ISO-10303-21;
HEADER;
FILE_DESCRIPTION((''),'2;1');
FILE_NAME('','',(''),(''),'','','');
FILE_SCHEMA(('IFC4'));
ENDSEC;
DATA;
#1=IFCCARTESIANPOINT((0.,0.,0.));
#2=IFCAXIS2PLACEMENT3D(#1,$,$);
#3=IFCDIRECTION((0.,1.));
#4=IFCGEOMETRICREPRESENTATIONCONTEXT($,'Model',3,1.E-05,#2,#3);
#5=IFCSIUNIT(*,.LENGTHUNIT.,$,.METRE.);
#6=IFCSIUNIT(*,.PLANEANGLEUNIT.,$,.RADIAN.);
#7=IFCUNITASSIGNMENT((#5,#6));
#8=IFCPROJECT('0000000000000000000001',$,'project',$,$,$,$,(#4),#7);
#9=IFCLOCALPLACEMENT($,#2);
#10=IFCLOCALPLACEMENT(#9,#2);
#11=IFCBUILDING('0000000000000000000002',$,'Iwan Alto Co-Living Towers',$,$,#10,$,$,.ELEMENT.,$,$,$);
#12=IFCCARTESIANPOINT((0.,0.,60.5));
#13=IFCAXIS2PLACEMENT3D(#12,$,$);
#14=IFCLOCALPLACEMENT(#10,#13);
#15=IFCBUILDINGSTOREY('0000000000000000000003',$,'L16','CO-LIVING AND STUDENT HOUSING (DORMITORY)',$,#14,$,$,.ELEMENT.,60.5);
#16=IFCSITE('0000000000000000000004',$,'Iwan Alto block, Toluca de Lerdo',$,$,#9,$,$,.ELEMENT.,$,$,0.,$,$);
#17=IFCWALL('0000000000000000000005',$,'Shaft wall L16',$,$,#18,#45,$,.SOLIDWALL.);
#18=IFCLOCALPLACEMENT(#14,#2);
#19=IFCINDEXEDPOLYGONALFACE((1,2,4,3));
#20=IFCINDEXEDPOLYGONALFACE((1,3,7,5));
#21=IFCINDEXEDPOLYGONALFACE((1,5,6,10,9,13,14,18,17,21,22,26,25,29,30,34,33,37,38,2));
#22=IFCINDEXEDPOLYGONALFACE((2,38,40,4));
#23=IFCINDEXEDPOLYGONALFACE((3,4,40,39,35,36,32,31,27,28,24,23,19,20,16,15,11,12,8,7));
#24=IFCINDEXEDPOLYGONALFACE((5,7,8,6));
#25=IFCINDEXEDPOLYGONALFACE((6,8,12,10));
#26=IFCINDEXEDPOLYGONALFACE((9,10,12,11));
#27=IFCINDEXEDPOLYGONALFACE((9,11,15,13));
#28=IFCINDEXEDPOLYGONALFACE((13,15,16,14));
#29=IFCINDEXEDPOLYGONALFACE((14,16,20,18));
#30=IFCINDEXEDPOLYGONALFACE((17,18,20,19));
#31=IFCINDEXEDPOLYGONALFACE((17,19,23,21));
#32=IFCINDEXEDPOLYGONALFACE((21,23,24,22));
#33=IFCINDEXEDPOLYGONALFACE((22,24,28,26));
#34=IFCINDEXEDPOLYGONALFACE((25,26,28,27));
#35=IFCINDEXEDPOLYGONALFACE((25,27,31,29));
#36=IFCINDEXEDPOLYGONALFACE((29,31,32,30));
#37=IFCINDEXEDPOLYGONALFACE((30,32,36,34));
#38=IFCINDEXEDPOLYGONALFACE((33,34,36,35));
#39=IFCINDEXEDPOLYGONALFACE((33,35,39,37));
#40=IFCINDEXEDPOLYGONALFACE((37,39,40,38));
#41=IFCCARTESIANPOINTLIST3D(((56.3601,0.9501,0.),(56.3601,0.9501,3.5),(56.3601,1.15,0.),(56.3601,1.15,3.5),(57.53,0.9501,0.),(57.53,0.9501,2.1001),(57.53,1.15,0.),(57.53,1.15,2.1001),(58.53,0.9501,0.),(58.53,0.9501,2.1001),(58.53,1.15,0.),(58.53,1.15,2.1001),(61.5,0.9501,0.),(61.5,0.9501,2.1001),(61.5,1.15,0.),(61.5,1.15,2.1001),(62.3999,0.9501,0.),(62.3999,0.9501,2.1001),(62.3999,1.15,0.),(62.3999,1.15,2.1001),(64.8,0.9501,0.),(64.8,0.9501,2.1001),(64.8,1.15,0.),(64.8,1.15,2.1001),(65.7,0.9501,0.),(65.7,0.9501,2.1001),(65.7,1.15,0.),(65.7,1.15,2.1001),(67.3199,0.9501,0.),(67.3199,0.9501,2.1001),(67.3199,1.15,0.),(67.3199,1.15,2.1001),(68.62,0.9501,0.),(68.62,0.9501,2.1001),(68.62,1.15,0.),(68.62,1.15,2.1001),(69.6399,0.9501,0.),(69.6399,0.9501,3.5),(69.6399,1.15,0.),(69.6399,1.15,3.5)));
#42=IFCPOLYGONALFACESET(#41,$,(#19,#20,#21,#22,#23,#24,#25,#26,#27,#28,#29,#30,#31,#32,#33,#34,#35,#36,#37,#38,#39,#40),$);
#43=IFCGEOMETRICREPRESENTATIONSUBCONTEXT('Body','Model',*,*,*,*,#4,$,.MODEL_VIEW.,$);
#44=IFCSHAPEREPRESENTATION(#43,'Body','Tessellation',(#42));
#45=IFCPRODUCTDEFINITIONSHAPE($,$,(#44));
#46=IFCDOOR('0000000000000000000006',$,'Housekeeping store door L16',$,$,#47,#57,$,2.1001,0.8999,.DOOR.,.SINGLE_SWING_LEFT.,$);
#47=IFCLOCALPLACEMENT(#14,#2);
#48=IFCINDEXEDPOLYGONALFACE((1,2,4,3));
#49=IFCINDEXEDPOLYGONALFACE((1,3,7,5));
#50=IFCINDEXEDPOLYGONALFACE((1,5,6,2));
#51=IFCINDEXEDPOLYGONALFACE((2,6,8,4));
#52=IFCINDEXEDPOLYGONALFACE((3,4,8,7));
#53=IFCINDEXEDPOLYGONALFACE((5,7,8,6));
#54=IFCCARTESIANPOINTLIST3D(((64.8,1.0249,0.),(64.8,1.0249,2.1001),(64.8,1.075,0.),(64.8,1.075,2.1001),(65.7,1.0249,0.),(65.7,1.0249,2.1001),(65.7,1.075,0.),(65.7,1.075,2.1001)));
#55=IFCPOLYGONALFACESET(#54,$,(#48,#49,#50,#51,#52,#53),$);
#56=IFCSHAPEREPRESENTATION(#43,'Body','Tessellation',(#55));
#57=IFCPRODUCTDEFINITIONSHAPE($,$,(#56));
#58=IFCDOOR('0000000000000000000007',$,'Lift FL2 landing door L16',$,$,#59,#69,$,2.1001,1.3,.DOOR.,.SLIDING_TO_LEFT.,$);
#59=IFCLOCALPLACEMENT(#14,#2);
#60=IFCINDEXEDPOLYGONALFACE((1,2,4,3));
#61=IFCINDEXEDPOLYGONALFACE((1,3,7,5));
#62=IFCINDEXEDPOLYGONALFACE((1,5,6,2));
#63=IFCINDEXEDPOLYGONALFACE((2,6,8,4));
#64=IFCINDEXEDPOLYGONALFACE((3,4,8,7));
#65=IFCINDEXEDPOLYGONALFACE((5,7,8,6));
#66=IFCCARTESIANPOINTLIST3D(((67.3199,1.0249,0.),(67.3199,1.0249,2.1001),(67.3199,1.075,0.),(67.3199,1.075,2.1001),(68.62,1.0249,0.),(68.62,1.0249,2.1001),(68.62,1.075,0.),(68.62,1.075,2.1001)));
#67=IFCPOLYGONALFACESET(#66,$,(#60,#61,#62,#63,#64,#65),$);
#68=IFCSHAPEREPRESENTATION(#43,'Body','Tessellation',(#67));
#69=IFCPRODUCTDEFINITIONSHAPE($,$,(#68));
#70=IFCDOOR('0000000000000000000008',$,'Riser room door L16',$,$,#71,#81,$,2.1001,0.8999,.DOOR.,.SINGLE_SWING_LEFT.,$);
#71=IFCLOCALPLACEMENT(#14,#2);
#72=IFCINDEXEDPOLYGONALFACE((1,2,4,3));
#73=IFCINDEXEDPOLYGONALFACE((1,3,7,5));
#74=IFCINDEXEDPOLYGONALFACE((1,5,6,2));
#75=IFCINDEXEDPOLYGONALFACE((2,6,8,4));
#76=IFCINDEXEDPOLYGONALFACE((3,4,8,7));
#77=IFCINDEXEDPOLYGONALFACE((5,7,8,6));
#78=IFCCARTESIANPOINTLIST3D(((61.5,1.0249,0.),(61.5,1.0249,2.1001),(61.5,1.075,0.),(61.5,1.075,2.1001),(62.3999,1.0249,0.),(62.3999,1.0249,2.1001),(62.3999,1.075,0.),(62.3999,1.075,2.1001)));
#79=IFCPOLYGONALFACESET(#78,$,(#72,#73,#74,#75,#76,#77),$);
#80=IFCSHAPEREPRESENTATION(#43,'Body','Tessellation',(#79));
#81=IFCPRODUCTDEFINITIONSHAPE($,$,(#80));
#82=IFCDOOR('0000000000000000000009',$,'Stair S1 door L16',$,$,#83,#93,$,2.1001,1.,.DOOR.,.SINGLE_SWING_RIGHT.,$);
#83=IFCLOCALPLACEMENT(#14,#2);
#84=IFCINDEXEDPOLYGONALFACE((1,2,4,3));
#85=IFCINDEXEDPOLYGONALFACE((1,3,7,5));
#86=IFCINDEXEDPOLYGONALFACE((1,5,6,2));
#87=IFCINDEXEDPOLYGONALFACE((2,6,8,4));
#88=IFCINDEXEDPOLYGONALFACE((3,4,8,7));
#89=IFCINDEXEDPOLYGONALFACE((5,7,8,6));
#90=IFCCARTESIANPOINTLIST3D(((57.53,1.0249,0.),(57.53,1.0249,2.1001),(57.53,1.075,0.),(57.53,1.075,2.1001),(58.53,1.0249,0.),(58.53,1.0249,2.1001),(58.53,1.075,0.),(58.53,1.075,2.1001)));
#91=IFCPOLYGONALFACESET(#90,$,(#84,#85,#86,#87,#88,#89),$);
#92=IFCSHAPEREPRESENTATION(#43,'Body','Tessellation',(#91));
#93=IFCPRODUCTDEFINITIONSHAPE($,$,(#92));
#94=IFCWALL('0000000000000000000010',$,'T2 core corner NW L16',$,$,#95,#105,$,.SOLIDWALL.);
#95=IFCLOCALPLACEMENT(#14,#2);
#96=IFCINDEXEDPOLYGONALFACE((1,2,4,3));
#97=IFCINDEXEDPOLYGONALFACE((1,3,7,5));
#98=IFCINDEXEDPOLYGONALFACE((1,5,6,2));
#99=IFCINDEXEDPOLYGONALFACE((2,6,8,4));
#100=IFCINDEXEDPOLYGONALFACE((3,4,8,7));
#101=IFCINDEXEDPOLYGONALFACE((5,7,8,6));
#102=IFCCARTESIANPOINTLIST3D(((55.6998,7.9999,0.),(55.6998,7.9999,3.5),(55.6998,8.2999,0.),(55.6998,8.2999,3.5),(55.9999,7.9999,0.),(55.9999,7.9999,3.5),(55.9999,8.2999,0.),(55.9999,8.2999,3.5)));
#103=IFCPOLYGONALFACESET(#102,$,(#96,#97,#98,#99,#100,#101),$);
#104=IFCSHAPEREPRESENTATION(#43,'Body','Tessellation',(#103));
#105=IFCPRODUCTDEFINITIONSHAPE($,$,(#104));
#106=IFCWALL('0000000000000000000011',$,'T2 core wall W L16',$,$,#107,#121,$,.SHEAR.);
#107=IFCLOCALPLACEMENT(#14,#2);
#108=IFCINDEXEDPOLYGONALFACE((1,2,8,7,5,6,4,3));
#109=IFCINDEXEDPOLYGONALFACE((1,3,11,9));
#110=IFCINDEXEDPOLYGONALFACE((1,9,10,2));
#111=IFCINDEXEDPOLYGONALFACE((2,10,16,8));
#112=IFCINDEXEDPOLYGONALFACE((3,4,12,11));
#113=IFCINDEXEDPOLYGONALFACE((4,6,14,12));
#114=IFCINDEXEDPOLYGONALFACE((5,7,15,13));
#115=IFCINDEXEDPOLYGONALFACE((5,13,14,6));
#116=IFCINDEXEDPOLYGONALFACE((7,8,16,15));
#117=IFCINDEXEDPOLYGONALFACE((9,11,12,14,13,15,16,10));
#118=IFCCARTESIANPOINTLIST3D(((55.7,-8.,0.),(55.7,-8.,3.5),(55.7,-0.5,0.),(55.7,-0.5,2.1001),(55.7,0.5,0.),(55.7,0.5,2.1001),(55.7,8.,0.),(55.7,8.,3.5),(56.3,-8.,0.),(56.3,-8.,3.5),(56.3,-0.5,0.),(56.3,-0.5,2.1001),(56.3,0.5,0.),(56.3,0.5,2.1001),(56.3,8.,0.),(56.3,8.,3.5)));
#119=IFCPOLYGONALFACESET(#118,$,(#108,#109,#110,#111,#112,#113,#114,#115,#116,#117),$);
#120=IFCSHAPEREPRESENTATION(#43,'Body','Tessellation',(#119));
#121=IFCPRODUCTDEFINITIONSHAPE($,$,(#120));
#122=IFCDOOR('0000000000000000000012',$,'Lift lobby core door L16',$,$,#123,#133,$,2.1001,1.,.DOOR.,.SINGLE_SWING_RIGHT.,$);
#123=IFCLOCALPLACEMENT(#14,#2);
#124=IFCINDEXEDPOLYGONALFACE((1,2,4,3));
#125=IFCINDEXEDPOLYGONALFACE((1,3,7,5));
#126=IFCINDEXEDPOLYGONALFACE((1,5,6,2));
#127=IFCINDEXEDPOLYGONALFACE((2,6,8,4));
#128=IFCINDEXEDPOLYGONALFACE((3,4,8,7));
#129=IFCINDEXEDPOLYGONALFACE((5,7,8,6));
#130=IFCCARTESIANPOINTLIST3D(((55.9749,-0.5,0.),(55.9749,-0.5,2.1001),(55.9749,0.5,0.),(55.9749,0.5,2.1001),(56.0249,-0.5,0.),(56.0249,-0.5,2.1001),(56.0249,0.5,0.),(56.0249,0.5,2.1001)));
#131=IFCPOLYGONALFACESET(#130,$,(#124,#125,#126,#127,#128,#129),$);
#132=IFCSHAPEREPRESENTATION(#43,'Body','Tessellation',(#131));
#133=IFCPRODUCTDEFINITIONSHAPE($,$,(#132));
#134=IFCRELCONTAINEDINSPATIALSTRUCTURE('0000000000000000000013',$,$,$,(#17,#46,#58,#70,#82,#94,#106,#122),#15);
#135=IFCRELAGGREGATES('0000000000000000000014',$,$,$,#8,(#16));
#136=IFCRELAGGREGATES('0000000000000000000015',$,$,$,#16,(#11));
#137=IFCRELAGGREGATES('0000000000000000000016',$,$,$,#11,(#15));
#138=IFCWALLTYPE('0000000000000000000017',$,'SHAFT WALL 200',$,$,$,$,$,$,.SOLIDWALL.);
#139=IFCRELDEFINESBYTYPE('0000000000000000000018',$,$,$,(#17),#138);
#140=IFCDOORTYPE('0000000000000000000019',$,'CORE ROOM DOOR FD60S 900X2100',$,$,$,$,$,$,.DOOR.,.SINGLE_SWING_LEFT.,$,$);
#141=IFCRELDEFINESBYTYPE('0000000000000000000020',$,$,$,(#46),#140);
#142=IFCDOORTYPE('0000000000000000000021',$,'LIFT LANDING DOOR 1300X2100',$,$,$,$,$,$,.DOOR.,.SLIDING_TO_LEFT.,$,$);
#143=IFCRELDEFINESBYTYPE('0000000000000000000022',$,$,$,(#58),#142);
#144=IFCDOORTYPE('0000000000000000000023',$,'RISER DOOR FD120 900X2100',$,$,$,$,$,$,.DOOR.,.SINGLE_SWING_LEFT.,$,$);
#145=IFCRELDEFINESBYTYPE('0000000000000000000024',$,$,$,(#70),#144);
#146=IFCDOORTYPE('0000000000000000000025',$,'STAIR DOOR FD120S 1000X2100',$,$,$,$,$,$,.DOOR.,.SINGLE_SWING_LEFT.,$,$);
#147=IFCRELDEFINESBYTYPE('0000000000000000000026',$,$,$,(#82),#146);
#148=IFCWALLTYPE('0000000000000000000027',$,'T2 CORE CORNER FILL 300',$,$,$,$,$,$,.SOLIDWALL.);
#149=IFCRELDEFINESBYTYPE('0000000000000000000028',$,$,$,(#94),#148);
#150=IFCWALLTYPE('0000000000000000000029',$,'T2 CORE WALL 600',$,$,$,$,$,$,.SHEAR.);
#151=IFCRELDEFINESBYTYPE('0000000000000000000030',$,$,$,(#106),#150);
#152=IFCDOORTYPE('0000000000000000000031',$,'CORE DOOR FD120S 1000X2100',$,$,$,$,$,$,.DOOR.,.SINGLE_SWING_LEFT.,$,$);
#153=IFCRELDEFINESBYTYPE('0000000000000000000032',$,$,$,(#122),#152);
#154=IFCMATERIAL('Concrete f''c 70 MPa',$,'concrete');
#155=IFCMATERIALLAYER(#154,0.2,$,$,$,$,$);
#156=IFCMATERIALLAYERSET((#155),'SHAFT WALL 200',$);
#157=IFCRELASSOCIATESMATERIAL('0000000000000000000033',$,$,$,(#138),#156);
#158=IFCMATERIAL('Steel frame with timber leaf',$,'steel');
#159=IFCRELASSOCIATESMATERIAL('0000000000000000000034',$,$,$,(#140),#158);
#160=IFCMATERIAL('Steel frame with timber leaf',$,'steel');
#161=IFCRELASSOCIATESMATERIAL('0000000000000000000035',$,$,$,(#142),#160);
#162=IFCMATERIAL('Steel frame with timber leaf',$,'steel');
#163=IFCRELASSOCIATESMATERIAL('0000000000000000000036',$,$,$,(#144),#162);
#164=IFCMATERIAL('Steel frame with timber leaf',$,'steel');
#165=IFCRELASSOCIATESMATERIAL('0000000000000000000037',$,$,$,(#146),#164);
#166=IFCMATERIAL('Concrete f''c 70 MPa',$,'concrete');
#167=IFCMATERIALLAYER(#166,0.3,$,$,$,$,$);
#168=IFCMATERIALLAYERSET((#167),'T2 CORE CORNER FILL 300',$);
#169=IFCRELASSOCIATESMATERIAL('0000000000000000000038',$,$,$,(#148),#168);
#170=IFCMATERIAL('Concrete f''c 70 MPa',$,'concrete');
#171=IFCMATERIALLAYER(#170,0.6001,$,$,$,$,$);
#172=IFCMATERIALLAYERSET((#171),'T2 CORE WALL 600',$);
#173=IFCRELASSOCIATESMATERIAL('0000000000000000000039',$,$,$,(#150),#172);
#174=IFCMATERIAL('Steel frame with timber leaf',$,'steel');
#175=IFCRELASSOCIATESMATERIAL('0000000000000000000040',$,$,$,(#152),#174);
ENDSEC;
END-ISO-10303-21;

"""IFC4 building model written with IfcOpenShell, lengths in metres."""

from ifc_helpers import new_model, si_unit, direction, frame, frame_2d, origin, place, context, subcontext, project, spatial, rectangle, extrude, material, layer, layer_set, type_object, element, fill, save


model = new_model("IFC4")

# Units and contexts
model_context = context("Model", 3, precision=1e-05, world=origin(), true_north=direction((0.0, 1.0)))
body_context = subcontext(model_context, "Body", "Model", "MODEL_VIEW")
ifc_project = project(units=[si_unit("LENGTHUNIT", "METRE"), si_unit("PLANEANGLEUNIT", "RADIAN")], contexts=[model_context])

# Site, building, storey
site_placement = place(None, origin())
site = spatial("IfcSite", under=ifc_project, at=site_placement, Name="Iwan Alto block, Toluca de Lerdo", CompositionType="ELEMENT", RefElevation=0.0)
building_placement = place(site_placement, origin())
building = spatial("IfcBuilding", under=site, at=building_placement, Name="Iwan Alto Co-Living Towers", CompositionType="ELEMENT")
storey_placement = place(building_placement, frame((0.0, 0.0, 60.5)))
storey = spatial("IfcBuildingStorey", under=building, at=storey_placement, Name="L16", Description="CO-LIVING AND STUDENT HOUSING (DORMITORY)", CompositionType="ELEMENT", Elevation=60.5)

# Wall, openings, doors
ifc_material_1 = material(Name="Concrete f'c 70 MPa", Category="concrete")
ifc_layer_1 = layer(ifc_material_1, 0.2)
ifc_layer_set_1 = layer_set([ifc_layer_1], Name="SHAFT WALL 200")
wall_type_1 = type_object("IfcWallType", Name="SHAFT WALL 200", PredefinedType="SOLIDWALL", material=ifc_layer_set_1)
wall_1_placement = place(storey_placement, frame((56.3601, 1.05, 0.0), z_axis=(0.0, 0.0, 1.0), x_axis=(1.0, 0.0, 0.0)))
wall_1 = element("IfcWall", 1, at=wall_1_placement, inside=storey, type_object=wall_type_1, Name="Shaft wall L16", PredefinedType="SOLIDWALL", context=body_context, shape_type="SweptSolid", body=[
    extrude(rectangle(XDim=13.2798, YDim=0.2, at=frame_2d((6.6399, 0.0))), origin(), (0.0, 0.0, 1.0), 3.5),
])
opening_1_placement = place(wall_1_placement, frame((1.1699, 0.0, 0.0)))
opening_1 = element("IfcOpeningElement", 2, at=opening_1_placement, cuts=wall_1, PredefinedType="OPENING", context=body_context, shape_type="SweptSolid", body=[
    extrude(rectangle(XDim=1.0, YDim=2.1001, at=frame_2d((0.5, 1.05))), frame((0.0, 0.1099, 0.0), z_axis=(0.0, -1.0, 0.0), x_axis=(1.0, 0.0, 0.0)), (0.0, 0.0, 1.0), 0.22),
])
opening_2_placement = place(wall_1_placement, frame((5.1399, 0.0, 0.0)))
opening_2 = element("IfcOpeningElement", 3, at=opening_2_placement, cuts=wall_1, PredefinedType="OPENING", context=body_context, shape_type="SweptSolid", body=[
    extrude(rectangle(XDim=0.8999, YDim=2.1001, at=frame_2d((0.45, 1.05))), frame((0.0, 0.1099, 0.0), z_axis=(0.0, -1.0, 0.0), x_axis=(1.0, 0.0, 0.0)), (0.0, 0.0, 1.0), 0.22),
])
opening_3_placement = place(wall_1_placement, frame((8.4399, 0.0, 0.0)))
opening_3 = element("IfcOpeningElement", 4, at=opening_3_placement, cuts=wall_1, PredefinedType="OPENING", context=body_context, shape_type="SweptSolid", body=[
    extrude(rectangle(XDim=0.8999, YDim=2.1001, at=frame_2d((0.45, 1.05))), frame((0.0, 0.1099, 0.0), z_axis=(0.0, -1.0, 0.0), x_axis=(1.0, 0.0, 0.0)), (0.0, 0.0, 1.0), 0.22),
])
opening_4_placement = place(wall_1_placement, frame((10.96, 0.0, 0.0)))
opening_4 = element("IfcOpeningElement", 5, at=opening_4_placement, cuts=wall_1, PredefinedType="OPENING", context=body_context, shape_type="SweptSolid", body=[
    extrude(rectangle(XDim=1.3, YDim=2.1001, at=frame_2d((0.6499, 1.05))), frame((0.0, 0.1099, 0.0), z_axis=(0.0, -1.0, 0.0), x_axis=(1.0, 0.0, 0.0)), (0.0, 0.0, 1.0), 0.22),
])
ifc_material_2 = material(Name="Steel frame with timber leaf", Category="steel")
door_type_1 = type_object("IfcDoorType", Name="CORE ROOM DOOR FD60S 900X2100", OperationType="SINGLE_SWING_LEFT", PredefinedType="DOOR", material=ifc_material_2)
door_1_placement = place(opening_3_placement, origin())
door_1 = element("IfcDoor", 6, at=door_1_placement, inside=storey, type_object=door_type_1, Name="Housekeeping store door L16", OperationType="SINGLE_SWING_LEFT", OverallHeight=2.1001, OverallWidth=0.8999, PredefinedType="DOOR", context=body_context, shape_type="SweptSolid", body=[
    extrude(rectangle(XDim=0.8999, YDim=2.1001, at=frame_2d((0.45, 1.05))), frame((0.0, 0.0249, 0.0), z_axis=(0.0, -1.0, 0.0), x_axis=(1.0, 0.0, 0.0)), (0.0, 0.0, 1.0), 0.05),
])
fill(opening_3, door_1)
ifc_material_3 = material(Name="Steel frame with timber leaf", Category="steel")
door_type_2 = type_object("IfcDoorType", Name="LIFT LANDING DOOR 1300X2100", OperationType="SLIDING_TO_LEFT", PredefinedType="DOOR", material=ifc_material_3)
door_2_placement = place(opening_4_placement, origin())
door_2 = element("IfcDoor", 7, at=door_2_placement, inside=storey, type_object=door_type_2, Name="Lift FL2 landing door L16", OperationType="SLIDING_TO_LEFT", OverallHeight=2.1001, OverallWidth=1.3, PredefinedType="DOOR", context=body_context, shape_type="SweptSolid", body=[
    extrude(rectangle(XDim=1.3, YDim=2.1001, at=frame_2d((0.6499, 1.05))), frame((0.0, 0.0249, 0.0), z_axis=(0.0, -1.0, 0.0), x_axis=(1.0, 0.0, 0.0)), (0.0, 0.0, 1.0), 0.05),
])
fill(opening_4, door_2)
ifc_material_4 = material(Name="Steel frame with timber leaf", Category="steel")
door_type_3 = type_object("IfcDoorType", Name="RISER DOOR FD120 900X2100", OperationType="SINGLE_SWING_LEFT", PredefinedType="DOOR", material=ifc_material_4)
door_3_placement = place(opening_2_placement, origin())
door_3 = element("IfcDoor", 8, at=door_3_placement, inside=storey, type_object=door_type_3, Name="Riser room door L16", OperationType="SINGLE_SWING_LEFT", OverallHeight=2.1001, OverallWidth=0.8999, PredefinedType="DOOR", context=body_context, shape_type="SweptSolid", body=[
    extrude(rectangle(XDim=0.8999, YDim=2.1001, at=frame_2d((0.45, 1.05))), frame((0.0, 0.0249, 0.0), z_axis=(0.0, -1.0, 0.0), x_axis=(1.0, 0.0, 0.0)), (0.0, 0.0, 1.0), 0.05),
])
fill(opening_2, door_3)
ifc_material_5 = material(Name="Steel frame with timber leaf", Category="steel")
door_type_4 = type_object("IfcDoorType", Name="STAIR DOOR FD120S 1000X2100", OperationType="SINGLE_SWING_LEFT", PredefinedType="DOOR", material=ifc_material_5)
door_4_placement = place(opening_1_placement, origin())
door_4 = element("IfcDoor", 9, at=door_4_placement, inside=storey, type_object=door_type_4, Name="Stair S1 door L16", OperationType="SINGLE_SWING_RIGHT", OverallHeight=2.1001, OverallWidth=1.0, PredefinedType="DOOR", context=body_context, shape_type="SweptSolid", body=[
    extrude(rectangle(XDim=1.0, YDim=2.1001, at=frame_2d((0.5, 1.05))), frame((0.0, 0.0249, 0.0), z_axis=(0.0, -1.0, 0.0), x_axis=(1.0, 0.0, 0.0)), (0.0, 0.0, 1.0), 0.05),
])
fill(opening_1, door_4)

# Wall
ifc_material_6 = material(Name="Concrete f'c 70 MPa", Category="concrete")
ifc_layer_2 = layer(ifc_material_6, 0.3)
ifc_layer_set_2 = layer_set([ifc_layer_2], Name="T2 CORE CORNER FILL 300")
wall_type_2 = type_object("IfcWallType", Name="T2 CORE CORNER FILL 300", PredefinedType="SOLIDWALL", material=ifc_layer_set_2)
wall_2_placement = place(storey_placement, frame((55.7, 8.1499, 0.0), z_axis=(0.0, 0.0, 1.0), x_axis=(1.0, 0.0, 0.0)))
element("IfcWall", 10, at=wall_2_placement, inside=storey, type_object=wall_type_2, Name="T2 core corner NW L16", PredefinedType="SOLIDWALL", context=body_context, shape_type="SweptSolid", body=[
    extrude(rectangle(XDim=0.3, YDim=0.3, at=frame_2d((0.1499, 0.0))), origin(), (0.0, 0.0, 1.0), 3.5),
])

# Wall, opening, door
ifc_material_7 = material(Name="Concrete f'c 70 MPa", Category="concrete")
ifc_layer_3 = layer(ifc_material_7, 0.6001)
ifc_layer_set_3 = layer_set([ifc_layer_3], Name="T2 CORE WALL 600")
wall_type_3 = type_object("IfcWallType", Name="T2 CORE WALL 600", PredefinedType="SHEAR", material=ifc_layer_set_3)
wall_3_placement = place(storey_placement, frame((56.0, 8.0, 0.0), z_axis=(0.0, 0.0, 1.0), x_axis=(0.0, -1.0, 0.0)))
wall_3 = element("IfcWall", 11, at=wall_3_placement, inside=storey, type_object=wall_type_3, Name="T2 core wall W L16", PredefinedType="SHEAR", context=body_context, shape_type="SweptSolid", body=[
    extrude(rectangle(XDim=16.0, YDim=0.6001, at=frame_2d((8.0, 0.0))), origin(), (0.0, 0.0, 1.0), 3.5),
])
opening_5_placement = place(wall_3_placement, frame((7.5, 0.0, 0.0)))
opening_5 = element("IfcOpeningElement", 12, at=opening_5_placement, cuts=wall_3, PredefinedType="OPENING", context=body_context, shape_type="SweptSolid", body=[
    extrude(rectangle(XDim=1.0, YDim=2.1001, at=frame_2d((0.5, 1.05))), frame((0.0, 0.3101, 0.0), z_axis=(0.0, -1.0, 0.0), x_axis=(1.0, 0.0, 0.0)), (0.0, 0.0, 1.0), 0.6201),
])
ifc_material_8 = material(Name="Steel frame with timber leaf", Category="steel")
door_type_5 = type_object("IfcDoorType", Name="CORE DOOR FD120S 1000X2100", OperationType="SINGLE_SWING_LEFT", PredefinedType="DOOR", material=ifc_material_8)
door_5_placement = place(opening_5_placement, origin())
door_5 = element("IfcDoor", 13, at=door_5_placement, inside=storey, type_object=door_type_5, Name="Lift lobby core door L16", OperationType="SINGLE_SWING_RIGHT", OverallHeight=2.1001, OverallWidth=1.0, PredefinedType="DOOR", context=body_context, shape_type="SweptSolid", body=[
    extrude(rectangle(XDim=1.0, YDim=2.1001, at=frame_2d((0.5, 1.05))), frame((0.0, 0.0249, 0.0), z_axis=(0.0, -1.0, 0.0), x_axis=(1.0, 0.0, 0.0)), (0.0, 0.0, 1.0), 0.05),
])
fill(opening_5, door_5)

save(model, "model.ifc")
